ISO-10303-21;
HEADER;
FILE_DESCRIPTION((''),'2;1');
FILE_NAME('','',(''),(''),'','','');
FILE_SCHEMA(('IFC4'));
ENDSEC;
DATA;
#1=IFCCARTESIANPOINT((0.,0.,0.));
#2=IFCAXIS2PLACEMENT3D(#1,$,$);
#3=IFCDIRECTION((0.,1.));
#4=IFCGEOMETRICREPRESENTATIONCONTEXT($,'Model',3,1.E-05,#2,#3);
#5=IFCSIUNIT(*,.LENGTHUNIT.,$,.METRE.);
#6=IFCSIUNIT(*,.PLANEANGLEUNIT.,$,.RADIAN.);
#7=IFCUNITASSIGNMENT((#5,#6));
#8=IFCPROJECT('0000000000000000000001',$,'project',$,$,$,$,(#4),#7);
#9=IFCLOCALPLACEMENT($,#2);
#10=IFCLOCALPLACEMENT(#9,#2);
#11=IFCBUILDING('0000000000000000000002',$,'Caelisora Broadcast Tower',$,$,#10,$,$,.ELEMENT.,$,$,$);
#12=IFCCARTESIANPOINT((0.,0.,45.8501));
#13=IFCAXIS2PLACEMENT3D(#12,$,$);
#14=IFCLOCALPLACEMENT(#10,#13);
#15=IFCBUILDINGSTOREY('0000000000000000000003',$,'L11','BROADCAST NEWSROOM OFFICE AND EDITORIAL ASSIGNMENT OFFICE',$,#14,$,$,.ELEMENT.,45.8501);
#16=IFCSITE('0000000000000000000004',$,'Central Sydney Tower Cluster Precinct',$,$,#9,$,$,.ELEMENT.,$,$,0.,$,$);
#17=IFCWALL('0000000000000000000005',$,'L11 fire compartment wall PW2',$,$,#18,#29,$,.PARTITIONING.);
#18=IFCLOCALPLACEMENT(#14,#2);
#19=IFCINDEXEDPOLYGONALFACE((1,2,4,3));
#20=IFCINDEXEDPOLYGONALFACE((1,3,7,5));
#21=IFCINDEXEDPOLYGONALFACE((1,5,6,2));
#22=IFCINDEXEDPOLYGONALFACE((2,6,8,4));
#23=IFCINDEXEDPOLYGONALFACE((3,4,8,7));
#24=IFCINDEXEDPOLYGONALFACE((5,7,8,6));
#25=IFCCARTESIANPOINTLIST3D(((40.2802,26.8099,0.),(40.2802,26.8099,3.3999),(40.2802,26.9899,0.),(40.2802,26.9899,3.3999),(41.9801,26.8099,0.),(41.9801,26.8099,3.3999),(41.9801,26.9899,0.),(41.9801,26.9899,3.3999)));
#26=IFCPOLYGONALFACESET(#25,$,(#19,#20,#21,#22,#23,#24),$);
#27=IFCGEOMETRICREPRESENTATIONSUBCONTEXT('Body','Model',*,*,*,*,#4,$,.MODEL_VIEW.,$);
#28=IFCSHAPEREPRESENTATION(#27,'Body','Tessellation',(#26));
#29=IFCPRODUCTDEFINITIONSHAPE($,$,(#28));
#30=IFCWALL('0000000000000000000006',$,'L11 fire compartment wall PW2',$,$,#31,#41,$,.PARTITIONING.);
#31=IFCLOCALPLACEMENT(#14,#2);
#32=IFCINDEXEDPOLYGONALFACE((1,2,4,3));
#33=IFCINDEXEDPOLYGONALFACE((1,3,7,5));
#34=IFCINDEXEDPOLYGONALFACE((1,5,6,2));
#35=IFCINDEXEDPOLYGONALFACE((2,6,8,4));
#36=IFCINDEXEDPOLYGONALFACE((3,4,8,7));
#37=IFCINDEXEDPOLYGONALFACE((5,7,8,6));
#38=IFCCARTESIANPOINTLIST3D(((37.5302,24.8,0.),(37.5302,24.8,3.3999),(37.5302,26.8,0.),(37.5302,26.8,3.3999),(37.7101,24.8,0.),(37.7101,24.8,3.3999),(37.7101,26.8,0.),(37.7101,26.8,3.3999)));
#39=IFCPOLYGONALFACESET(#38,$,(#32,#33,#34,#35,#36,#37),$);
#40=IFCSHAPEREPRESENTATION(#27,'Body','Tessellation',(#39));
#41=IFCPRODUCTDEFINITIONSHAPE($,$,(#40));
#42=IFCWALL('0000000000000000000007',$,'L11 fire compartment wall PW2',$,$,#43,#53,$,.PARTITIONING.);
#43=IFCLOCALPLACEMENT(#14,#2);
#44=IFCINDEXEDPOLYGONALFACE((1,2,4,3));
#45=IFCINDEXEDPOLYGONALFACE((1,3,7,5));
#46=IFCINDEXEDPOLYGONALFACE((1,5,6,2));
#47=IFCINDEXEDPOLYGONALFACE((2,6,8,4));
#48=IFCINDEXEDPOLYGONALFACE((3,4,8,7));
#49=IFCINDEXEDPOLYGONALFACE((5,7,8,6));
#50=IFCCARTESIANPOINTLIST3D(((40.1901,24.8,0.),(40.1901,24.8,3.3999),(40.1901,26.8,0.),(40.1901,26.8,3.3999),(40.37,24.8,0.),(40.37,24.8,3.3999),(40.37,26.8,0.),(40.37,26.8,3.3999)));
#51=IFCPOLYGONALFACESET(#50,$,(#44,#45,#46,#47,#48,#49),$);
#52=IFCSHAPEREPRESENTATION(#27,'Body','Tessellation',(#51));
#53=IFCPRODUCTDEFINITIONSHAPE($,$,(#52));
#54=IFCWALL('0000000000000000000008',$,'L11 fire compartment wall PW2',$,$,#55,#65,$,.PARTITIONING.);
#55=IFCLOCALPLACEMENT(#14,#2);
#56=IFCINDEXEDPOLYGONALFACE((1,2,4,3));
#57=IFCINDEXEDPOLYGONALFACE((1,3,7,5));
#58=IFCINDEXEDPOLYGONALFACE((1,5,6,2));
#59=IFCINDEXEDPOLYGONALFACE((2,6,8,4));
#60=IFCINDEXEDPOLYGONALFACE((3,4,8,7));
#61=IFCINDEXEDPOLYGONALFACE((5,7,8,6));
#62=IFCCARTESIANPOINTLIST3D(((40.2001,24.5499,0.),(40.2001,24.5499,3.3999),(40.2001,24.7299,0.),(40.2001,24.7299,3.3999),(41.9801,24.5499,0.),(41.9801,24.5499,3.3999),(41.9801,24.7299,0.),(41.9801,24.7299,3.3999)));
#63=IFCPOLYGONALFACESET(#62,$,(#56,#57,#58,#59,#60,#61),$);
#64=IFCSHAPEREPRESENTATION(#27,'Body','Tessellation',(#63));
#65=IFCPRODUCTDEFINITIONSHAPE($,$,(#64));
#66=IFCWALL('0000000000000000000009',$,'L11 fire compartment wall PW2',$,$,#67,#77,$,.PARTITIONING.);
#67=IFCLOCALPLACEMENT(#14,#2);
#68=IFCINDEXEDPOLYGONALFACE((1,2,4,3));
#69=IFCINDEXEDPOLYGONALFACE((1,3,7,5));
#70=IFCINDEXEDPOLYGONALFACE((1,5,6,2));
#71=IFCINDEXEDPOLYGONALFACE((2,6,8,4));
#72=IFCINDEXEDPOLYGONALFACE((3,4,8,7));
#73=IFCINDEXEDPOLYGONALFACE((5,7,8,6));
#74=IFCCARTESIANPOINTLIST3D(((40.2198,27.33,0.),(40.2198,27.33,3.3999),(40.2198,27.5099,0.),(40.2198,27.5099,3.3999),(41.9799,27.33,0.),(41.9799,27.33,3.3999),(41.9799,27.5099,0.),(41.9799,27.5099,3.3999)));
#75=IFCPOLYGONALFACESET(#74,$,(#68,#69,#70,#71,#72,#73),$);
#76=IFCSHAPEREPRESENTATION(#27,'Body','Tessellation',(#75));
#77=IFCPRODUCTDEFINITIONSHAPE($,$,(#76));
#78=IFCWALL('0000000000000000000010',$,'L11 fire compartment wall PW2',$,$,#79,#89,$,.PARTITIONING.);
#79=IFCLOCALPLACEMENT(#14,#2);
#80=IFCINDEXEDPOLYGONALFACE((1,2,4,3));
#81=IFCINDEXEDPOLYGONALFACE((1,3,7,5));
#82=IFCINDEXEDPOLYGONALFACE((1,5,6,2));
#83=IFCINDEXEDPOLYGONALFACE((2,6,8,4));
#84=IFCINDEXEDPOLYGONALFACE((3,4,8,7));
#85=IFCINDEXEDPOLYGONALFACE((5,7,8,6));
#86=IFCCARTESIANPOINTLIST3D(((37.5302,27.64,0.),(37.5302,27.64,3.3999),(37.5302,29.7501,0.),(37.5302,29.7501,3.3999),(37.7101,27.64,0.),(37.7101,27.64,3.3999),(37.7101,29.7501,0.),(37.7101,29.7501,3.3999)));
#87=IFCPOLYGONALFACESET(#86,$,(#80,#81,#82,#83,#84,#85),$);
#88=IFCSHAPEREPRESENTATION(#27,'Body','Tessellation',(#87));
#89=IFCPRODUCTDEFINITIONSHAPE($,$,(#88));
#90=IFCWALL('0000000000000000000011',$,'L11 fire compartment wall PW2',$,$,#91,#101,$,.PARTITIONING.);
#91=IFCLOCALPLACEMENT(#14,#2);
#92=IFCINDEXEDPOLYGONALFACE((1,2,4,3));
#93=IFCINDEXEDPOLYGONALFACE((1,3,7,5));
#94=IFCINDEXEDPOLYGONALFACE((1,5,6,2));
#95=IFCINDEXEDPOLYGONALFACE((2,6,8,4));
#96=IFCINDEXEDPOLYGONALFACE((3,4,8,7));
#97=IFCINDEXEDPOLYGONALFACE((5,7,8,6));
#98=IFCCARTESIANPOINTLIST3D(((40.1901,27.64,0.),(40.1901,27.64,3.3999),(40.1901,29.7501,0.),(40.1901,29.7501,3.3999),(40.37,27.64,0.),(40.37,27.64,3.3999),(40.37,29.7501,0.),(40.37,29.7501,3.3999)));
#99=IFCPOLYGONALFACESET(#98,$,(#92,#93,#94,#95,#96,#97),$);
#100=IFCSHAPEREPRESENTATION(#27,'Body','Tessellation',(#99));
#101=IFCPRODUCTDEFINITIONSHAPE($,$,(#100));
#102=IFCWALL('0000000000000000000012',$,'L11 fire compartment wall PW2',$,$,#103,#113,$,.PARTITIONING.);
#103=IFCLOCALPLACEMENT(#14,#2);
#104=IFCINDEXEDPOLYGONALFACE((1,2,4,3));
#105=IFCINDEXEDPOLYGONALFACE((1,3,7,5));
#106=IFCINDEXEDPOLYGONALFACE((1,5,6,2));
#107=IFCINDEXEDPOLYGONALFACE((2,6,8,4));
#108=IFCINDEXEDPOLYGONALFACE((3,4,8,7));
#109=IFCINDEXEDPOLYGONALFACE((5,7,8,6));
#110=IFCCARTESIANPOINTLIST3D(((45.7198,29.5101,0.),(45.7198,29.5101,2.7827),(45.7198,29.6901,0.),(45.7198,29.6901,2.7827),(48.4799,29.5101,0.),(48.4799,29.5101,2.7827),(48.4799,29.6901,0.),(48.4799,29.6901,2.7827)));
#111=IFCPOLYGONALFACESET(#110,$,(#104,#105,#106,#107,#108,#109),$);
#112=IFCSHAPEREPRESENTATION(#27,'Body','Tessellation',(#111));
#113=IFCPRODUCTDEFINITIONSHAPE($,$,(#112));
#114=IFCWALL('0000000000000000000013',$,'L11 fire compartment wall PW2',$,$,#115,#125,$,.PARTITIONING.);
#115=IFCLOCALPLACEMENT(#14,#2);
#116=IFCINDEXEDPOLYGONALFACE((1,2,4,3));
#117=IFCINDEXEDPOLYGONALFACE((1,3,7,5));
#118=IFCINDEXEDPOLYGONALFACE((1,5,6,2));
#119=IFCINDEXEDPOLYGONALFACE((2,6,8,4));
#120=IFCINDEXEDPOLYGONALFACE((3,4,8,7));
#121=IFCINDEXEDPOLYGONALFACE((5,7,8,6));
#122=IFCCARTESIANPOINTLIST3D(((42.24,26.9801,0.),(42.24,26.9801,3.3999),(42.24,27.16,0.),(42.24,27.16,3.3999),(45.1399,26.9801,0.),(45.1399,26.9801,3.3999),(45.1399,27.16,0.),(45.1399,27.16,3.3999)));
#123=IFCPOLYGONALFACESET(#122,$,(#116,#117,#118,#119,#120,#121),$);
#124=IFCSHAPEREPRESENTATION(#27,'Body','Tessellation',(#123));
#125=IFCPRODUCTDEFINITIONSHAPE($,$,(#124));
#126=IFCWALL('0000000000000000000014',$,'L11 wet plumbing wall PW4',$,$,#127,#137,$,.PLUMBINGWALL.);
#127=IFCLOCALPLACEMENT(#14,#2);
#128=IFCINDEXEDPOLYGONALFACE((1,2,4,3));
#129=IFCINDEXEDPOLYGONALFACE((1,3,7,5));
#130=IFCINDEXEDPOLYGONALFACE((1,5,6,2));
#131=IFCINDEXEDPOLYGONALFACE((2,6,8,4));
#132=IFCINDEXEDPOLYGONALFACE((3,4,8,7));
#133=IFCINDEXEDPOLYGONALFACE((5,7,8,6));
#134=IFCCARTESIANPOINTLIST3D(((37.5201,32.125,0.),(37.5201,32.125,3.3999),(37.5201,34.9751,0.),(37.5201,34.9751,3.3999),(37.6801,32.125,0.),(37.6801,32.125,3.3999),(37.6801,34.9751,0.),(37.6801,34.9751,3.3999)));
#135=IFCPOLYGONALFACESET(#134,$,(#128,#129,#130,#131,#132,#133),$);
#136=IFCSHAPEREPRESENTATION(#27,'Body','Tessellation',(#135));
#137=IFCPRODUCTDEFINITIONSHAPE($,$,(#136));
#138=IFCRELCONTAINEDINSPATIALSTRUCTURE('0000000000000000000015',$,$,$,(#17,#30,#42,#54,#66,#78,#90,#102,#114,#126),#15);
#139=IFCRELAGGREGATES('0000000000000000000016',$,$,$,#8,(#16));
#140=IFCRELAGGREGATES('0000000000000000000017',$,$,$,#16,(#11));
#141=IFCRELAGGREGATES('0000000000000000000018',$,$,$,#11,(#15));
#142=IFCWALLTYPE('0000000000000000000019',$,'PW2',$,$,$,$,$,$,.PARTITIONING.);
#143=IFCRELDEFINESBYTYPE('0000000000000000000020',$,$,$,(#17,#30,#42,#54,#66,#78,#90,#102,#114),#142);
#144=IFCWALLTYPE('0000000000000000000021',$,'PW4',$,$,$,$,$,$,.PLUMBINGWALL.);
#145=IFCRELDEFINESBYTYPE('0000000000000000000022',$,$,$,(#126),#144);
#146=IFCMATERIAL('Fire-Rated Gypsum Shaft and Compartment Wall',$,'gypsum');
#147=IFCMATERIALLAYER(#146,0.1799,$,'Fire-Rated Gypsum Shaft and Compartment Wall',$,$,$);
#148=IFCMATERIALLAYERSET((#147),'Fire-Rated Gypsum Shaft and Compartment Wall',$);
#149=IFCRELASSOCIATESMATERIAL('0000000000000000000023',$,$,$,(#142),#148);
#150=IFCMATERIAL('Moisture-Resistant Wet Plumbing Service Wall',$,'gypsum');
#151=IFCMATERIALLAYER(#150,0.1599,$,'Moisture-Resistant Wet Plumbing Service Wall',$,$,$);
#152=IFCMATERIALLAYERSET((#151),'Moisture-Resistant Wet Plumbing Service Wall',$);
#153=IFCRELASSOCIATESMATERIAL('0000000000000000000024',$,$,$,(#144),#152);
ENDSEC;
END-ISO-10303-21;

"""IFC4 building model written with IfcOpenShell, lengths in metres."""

from ifc_helpers import new_model, si_unit, direction, frame, frame_2d, origin, place, context, subcontext, project, spatial, rectangle, extrude, material, layer, layer_set, type_object, element, save


model = new_model("IFC4")

# Units and contexts
model_context = context("Model", 3, precision=1e-05, world=origin(), true_north=direction((0.0, 1.0)))
body_context = subcontext(model_context, "Body", "Model", "MODEL_VIEW")
ifc_project = project(units=[si_unit("LENGTHUNIT", "METRE"), si_unit("PLANEANGLEUNIT", "RADIAN")], contexts=[model_context])

# Site, building, storey
site_placement = place(None, origin())
site = spatial("IfcSite", under=ifc_project, at=site_placement, Name="Central Sydney Tower Cluster Precinct", CompositionType="ELEMENT", RefElevation=0.0)
building_placement = place(site_placement, origin())
building = spatial("IfcBuilding", under=site, at=building_placement, Name="Caelisora Broadcast Tower", CompositionType="ELEMENT")
storey_placement = place(building_placement, frame((0.0, 0.0, 45.8501)))
storey = spatial("IfcBuildingStorey", under=building, at=storey_placement, Name="L11", Description="BROADCAST NEWSROOM OFFICE AND EDITORIAL ASSIGNMENT OFFICE", CompositionType="ELEMENT", Elevation=45.8501)

# Walls
ifc_material_1 = material(Name="Fire-Rated Gypsum Shaft and Compartment Wall", Category="gypsum")
ifc_layer_1 = layer(ifc_material_1, 0.1799, Name="Fire-Rated Gypsum Shaft and Compartment Wall")
ifc_layer_set_1 = layer_set([ifc_layer_1], Name="Fire-Rated Gypsum Shaft and Compartment Wall")
wall_type_1 = type_object("IfcWallType", Name="PW2", PredefinedType="PARTITIONING", material=ifc_layer_set_1)
wall_1_placement = place(storey_placement, frame((40.28, 26.8999, 0.0), z_axis=(0.0, 0.0, 1.0), x_axis=(1.0, 0.0, 0.0)))
element("IfcWall", 1, at=wall_1_placement, inside=storey, type_object=wall_type_1, Name="L11 fire compartment wall PW2", PredefinedType="PARTITIONING", context=body_context, shape_type="SweptSolid", body=[
    extrude(rectangle(XDim=1.7, YDim=0.1799, at=frame_2d((0.8501, 0.0))), origin(), (0.0, 0.0, 1.0), 3.3999),
])
for number, where, z_axis, x_axis, name in (
    (2, (37.6201, 24.8, 0.0), (0.0, 0.0, 1.0), (0.0, 1.0, 0.0), "L11 fire compartment wall PW2"),
    (3, (40.28, 24.8, 0.0), (0.0, 0.0, 1.0), (0.0, 1.0, 0.0), "L11 fire compartment wall PW2"),
):
    element("IfcWall", number, at=place(storey_placement, frame(where, z_axis=z_axis, x_axis=x_axis)), inside=storey, type_object=wall_type_1, Name=name, PredefinedType="PARTITIONING", context=body_context, shape_type="SweptSolid", body=[
        extrude(rectangle(XDim=2.0, YDim=0.1799, at=frame_2d((1.0, 0.0))), origin(), (0.0, 0.0, 1.0), 3.3999),
    ])
wall_2_placement = place(storey_placement, frame((40.2, 24.6399, 0.0), z_axis=(0.0, 0.0, 1.0), x_axis=(1.0, 0.0, 0.0)))
element("IfcWall", 4, at=wall_2_placement, inside=storey, type_object=wall_type_1, Name="L11 fire compartment wall PW2", PredefinedType="PARTITIONING", context=body_context, shape_type="SweptSolid", body=[
    extrude(rectangle(XDim=1.78, YDim=0.1799, at=frame_2d((0.8901, 0.0))), origin(), (0.0, 0.0, 1.0), 3.3999),
])
wall_3_placement = place(storey_placement, frame((40.22, 27.4199, 0.0), z_axis=(0.0, 0.0, 1.0), x_axis=(1.0, 0.0, 0.0)))
element("IfcWall", 5, at=wall_3_placement, inside=storey, type_object=wall_type_1, Name="L11 fire compartment wall PW2", PredefinedType="PARTITIONING", context=body_context, shape_type="SweptSolid", body=[
    extrude(rectangle(XDim=1.76, YDim=0.1799, at=frame_2d((0.8799, 0.0))), origin(), (0.0, 0.0, 1.0), 3.3999),
])
for number, where, z_axis, x_axis, name in (
    (6, (37.6201, 27.6399, 0.0), (0.0, 0.0, 1.0), (0.0, 1.0, 0.0), "L11 fire compartment wall PW2"),
    (7, (40.28, 27.6399, 0.0), (0.0, 0.0, 1.0), (0.0, 1.0, 0.0), "L11 fire compartment wall PW2"),
):
    element("IfcWall", number, at=place(storey_placement, frame(where, z_axis=z_axis, x_axis=x_axis)), inside=storey, type_object=wall_type_1, Name=name, PredefinedType="PARTITIONING", context=body_context, shape_type="SweptSolid", body=[
        extrude(rectangle(XDim=2.1101, YDim=0.1799, at=frame_2d((1.0552, 0.0))), origin(), (0.0, 0.0, 1.0), 3.3999),
    ])
wall_4_placement = place(storey_placement, frame((45.72, 29.6001, 0.0), z_axis=(0.0, 0.0, 1.0), x_axis=(1.0, 0.0, 0.0)))
element("IfcWall", 8, at=wall_4_placement, inside=storey, type_object=wall_type_1, Name="L11 fire compartment wall PW2", PredefinedType="PARTITIONING", context=body_context, shape_type="SweptSolid", body=[
    extrude(rectangle(XDim=2.76, YDim=0.1799, at=frame_2d((1.3799, 0.0))), origin(), (0.0, 0.0, 1.0), 2.7827),
])
wall_5_placement = place(storey_placement, frame((42.24, 27.0701, 0.0), z_axis=(0.0, 0.0, 1.0), x_axis=(1.0, 0.0, 0.0)))
element("IfcWall", 9, at=wall_5_placement, inside=storey, type_object=wall_type_1, Name="L11 fire compartment wall PW2", PredefinedType="PARTITIONING", context=body_context, shape_type="SweptSolid", body=[
    extrude(rectangle(XDim=2.8999, YDim=0.1799, at=frame_2d((1.45, 0.0))), origin(), (0.0, 0.0, 1.0), 3.3999),
])

# Wall
ifc_material_2 = material(Name="Moisture-Resistant Wet Plumbing Service Wall", Category="gypsum")
ifc_layer_2 = layer(ifc_material_2, 0.1599, Name="Moisture-Resistant Wet Plumbing Service Wall")
ifc_layer_set_2 = layer_set([ifc_layer_2], Name="Moisture-Resistant Wet Plumbing Service Wall")
wall_type_2 = type_object("IfcWallType", Name="PW4", PredefinedType="PLUMBINGWALL", material=ifc_layer_set_2)
wall_6_placement = place(storey_placement, frame((37.6001, 32.125, 0.0), z_axis=(0.0, 0.0, 1.0), x_axis=(0.0, 1.0, 0.0)))
element("IfcWall", 10, at=wall_6_placement, inside=storey, type_object=wall_type_2, Name="L11 wet plumbing wall PW4", PredefinedType="PLUMBINGWALL", context=body_context, shape_type="SweptSolid", body=[
    extrude(rectangle(XDim=2.8501, YDim=0.1599, at=frame_2d((1.425, 0.0))), origin(), (0.0, 0.0, 1.0), 3.3999),
])

save(model, "model.ifc")
